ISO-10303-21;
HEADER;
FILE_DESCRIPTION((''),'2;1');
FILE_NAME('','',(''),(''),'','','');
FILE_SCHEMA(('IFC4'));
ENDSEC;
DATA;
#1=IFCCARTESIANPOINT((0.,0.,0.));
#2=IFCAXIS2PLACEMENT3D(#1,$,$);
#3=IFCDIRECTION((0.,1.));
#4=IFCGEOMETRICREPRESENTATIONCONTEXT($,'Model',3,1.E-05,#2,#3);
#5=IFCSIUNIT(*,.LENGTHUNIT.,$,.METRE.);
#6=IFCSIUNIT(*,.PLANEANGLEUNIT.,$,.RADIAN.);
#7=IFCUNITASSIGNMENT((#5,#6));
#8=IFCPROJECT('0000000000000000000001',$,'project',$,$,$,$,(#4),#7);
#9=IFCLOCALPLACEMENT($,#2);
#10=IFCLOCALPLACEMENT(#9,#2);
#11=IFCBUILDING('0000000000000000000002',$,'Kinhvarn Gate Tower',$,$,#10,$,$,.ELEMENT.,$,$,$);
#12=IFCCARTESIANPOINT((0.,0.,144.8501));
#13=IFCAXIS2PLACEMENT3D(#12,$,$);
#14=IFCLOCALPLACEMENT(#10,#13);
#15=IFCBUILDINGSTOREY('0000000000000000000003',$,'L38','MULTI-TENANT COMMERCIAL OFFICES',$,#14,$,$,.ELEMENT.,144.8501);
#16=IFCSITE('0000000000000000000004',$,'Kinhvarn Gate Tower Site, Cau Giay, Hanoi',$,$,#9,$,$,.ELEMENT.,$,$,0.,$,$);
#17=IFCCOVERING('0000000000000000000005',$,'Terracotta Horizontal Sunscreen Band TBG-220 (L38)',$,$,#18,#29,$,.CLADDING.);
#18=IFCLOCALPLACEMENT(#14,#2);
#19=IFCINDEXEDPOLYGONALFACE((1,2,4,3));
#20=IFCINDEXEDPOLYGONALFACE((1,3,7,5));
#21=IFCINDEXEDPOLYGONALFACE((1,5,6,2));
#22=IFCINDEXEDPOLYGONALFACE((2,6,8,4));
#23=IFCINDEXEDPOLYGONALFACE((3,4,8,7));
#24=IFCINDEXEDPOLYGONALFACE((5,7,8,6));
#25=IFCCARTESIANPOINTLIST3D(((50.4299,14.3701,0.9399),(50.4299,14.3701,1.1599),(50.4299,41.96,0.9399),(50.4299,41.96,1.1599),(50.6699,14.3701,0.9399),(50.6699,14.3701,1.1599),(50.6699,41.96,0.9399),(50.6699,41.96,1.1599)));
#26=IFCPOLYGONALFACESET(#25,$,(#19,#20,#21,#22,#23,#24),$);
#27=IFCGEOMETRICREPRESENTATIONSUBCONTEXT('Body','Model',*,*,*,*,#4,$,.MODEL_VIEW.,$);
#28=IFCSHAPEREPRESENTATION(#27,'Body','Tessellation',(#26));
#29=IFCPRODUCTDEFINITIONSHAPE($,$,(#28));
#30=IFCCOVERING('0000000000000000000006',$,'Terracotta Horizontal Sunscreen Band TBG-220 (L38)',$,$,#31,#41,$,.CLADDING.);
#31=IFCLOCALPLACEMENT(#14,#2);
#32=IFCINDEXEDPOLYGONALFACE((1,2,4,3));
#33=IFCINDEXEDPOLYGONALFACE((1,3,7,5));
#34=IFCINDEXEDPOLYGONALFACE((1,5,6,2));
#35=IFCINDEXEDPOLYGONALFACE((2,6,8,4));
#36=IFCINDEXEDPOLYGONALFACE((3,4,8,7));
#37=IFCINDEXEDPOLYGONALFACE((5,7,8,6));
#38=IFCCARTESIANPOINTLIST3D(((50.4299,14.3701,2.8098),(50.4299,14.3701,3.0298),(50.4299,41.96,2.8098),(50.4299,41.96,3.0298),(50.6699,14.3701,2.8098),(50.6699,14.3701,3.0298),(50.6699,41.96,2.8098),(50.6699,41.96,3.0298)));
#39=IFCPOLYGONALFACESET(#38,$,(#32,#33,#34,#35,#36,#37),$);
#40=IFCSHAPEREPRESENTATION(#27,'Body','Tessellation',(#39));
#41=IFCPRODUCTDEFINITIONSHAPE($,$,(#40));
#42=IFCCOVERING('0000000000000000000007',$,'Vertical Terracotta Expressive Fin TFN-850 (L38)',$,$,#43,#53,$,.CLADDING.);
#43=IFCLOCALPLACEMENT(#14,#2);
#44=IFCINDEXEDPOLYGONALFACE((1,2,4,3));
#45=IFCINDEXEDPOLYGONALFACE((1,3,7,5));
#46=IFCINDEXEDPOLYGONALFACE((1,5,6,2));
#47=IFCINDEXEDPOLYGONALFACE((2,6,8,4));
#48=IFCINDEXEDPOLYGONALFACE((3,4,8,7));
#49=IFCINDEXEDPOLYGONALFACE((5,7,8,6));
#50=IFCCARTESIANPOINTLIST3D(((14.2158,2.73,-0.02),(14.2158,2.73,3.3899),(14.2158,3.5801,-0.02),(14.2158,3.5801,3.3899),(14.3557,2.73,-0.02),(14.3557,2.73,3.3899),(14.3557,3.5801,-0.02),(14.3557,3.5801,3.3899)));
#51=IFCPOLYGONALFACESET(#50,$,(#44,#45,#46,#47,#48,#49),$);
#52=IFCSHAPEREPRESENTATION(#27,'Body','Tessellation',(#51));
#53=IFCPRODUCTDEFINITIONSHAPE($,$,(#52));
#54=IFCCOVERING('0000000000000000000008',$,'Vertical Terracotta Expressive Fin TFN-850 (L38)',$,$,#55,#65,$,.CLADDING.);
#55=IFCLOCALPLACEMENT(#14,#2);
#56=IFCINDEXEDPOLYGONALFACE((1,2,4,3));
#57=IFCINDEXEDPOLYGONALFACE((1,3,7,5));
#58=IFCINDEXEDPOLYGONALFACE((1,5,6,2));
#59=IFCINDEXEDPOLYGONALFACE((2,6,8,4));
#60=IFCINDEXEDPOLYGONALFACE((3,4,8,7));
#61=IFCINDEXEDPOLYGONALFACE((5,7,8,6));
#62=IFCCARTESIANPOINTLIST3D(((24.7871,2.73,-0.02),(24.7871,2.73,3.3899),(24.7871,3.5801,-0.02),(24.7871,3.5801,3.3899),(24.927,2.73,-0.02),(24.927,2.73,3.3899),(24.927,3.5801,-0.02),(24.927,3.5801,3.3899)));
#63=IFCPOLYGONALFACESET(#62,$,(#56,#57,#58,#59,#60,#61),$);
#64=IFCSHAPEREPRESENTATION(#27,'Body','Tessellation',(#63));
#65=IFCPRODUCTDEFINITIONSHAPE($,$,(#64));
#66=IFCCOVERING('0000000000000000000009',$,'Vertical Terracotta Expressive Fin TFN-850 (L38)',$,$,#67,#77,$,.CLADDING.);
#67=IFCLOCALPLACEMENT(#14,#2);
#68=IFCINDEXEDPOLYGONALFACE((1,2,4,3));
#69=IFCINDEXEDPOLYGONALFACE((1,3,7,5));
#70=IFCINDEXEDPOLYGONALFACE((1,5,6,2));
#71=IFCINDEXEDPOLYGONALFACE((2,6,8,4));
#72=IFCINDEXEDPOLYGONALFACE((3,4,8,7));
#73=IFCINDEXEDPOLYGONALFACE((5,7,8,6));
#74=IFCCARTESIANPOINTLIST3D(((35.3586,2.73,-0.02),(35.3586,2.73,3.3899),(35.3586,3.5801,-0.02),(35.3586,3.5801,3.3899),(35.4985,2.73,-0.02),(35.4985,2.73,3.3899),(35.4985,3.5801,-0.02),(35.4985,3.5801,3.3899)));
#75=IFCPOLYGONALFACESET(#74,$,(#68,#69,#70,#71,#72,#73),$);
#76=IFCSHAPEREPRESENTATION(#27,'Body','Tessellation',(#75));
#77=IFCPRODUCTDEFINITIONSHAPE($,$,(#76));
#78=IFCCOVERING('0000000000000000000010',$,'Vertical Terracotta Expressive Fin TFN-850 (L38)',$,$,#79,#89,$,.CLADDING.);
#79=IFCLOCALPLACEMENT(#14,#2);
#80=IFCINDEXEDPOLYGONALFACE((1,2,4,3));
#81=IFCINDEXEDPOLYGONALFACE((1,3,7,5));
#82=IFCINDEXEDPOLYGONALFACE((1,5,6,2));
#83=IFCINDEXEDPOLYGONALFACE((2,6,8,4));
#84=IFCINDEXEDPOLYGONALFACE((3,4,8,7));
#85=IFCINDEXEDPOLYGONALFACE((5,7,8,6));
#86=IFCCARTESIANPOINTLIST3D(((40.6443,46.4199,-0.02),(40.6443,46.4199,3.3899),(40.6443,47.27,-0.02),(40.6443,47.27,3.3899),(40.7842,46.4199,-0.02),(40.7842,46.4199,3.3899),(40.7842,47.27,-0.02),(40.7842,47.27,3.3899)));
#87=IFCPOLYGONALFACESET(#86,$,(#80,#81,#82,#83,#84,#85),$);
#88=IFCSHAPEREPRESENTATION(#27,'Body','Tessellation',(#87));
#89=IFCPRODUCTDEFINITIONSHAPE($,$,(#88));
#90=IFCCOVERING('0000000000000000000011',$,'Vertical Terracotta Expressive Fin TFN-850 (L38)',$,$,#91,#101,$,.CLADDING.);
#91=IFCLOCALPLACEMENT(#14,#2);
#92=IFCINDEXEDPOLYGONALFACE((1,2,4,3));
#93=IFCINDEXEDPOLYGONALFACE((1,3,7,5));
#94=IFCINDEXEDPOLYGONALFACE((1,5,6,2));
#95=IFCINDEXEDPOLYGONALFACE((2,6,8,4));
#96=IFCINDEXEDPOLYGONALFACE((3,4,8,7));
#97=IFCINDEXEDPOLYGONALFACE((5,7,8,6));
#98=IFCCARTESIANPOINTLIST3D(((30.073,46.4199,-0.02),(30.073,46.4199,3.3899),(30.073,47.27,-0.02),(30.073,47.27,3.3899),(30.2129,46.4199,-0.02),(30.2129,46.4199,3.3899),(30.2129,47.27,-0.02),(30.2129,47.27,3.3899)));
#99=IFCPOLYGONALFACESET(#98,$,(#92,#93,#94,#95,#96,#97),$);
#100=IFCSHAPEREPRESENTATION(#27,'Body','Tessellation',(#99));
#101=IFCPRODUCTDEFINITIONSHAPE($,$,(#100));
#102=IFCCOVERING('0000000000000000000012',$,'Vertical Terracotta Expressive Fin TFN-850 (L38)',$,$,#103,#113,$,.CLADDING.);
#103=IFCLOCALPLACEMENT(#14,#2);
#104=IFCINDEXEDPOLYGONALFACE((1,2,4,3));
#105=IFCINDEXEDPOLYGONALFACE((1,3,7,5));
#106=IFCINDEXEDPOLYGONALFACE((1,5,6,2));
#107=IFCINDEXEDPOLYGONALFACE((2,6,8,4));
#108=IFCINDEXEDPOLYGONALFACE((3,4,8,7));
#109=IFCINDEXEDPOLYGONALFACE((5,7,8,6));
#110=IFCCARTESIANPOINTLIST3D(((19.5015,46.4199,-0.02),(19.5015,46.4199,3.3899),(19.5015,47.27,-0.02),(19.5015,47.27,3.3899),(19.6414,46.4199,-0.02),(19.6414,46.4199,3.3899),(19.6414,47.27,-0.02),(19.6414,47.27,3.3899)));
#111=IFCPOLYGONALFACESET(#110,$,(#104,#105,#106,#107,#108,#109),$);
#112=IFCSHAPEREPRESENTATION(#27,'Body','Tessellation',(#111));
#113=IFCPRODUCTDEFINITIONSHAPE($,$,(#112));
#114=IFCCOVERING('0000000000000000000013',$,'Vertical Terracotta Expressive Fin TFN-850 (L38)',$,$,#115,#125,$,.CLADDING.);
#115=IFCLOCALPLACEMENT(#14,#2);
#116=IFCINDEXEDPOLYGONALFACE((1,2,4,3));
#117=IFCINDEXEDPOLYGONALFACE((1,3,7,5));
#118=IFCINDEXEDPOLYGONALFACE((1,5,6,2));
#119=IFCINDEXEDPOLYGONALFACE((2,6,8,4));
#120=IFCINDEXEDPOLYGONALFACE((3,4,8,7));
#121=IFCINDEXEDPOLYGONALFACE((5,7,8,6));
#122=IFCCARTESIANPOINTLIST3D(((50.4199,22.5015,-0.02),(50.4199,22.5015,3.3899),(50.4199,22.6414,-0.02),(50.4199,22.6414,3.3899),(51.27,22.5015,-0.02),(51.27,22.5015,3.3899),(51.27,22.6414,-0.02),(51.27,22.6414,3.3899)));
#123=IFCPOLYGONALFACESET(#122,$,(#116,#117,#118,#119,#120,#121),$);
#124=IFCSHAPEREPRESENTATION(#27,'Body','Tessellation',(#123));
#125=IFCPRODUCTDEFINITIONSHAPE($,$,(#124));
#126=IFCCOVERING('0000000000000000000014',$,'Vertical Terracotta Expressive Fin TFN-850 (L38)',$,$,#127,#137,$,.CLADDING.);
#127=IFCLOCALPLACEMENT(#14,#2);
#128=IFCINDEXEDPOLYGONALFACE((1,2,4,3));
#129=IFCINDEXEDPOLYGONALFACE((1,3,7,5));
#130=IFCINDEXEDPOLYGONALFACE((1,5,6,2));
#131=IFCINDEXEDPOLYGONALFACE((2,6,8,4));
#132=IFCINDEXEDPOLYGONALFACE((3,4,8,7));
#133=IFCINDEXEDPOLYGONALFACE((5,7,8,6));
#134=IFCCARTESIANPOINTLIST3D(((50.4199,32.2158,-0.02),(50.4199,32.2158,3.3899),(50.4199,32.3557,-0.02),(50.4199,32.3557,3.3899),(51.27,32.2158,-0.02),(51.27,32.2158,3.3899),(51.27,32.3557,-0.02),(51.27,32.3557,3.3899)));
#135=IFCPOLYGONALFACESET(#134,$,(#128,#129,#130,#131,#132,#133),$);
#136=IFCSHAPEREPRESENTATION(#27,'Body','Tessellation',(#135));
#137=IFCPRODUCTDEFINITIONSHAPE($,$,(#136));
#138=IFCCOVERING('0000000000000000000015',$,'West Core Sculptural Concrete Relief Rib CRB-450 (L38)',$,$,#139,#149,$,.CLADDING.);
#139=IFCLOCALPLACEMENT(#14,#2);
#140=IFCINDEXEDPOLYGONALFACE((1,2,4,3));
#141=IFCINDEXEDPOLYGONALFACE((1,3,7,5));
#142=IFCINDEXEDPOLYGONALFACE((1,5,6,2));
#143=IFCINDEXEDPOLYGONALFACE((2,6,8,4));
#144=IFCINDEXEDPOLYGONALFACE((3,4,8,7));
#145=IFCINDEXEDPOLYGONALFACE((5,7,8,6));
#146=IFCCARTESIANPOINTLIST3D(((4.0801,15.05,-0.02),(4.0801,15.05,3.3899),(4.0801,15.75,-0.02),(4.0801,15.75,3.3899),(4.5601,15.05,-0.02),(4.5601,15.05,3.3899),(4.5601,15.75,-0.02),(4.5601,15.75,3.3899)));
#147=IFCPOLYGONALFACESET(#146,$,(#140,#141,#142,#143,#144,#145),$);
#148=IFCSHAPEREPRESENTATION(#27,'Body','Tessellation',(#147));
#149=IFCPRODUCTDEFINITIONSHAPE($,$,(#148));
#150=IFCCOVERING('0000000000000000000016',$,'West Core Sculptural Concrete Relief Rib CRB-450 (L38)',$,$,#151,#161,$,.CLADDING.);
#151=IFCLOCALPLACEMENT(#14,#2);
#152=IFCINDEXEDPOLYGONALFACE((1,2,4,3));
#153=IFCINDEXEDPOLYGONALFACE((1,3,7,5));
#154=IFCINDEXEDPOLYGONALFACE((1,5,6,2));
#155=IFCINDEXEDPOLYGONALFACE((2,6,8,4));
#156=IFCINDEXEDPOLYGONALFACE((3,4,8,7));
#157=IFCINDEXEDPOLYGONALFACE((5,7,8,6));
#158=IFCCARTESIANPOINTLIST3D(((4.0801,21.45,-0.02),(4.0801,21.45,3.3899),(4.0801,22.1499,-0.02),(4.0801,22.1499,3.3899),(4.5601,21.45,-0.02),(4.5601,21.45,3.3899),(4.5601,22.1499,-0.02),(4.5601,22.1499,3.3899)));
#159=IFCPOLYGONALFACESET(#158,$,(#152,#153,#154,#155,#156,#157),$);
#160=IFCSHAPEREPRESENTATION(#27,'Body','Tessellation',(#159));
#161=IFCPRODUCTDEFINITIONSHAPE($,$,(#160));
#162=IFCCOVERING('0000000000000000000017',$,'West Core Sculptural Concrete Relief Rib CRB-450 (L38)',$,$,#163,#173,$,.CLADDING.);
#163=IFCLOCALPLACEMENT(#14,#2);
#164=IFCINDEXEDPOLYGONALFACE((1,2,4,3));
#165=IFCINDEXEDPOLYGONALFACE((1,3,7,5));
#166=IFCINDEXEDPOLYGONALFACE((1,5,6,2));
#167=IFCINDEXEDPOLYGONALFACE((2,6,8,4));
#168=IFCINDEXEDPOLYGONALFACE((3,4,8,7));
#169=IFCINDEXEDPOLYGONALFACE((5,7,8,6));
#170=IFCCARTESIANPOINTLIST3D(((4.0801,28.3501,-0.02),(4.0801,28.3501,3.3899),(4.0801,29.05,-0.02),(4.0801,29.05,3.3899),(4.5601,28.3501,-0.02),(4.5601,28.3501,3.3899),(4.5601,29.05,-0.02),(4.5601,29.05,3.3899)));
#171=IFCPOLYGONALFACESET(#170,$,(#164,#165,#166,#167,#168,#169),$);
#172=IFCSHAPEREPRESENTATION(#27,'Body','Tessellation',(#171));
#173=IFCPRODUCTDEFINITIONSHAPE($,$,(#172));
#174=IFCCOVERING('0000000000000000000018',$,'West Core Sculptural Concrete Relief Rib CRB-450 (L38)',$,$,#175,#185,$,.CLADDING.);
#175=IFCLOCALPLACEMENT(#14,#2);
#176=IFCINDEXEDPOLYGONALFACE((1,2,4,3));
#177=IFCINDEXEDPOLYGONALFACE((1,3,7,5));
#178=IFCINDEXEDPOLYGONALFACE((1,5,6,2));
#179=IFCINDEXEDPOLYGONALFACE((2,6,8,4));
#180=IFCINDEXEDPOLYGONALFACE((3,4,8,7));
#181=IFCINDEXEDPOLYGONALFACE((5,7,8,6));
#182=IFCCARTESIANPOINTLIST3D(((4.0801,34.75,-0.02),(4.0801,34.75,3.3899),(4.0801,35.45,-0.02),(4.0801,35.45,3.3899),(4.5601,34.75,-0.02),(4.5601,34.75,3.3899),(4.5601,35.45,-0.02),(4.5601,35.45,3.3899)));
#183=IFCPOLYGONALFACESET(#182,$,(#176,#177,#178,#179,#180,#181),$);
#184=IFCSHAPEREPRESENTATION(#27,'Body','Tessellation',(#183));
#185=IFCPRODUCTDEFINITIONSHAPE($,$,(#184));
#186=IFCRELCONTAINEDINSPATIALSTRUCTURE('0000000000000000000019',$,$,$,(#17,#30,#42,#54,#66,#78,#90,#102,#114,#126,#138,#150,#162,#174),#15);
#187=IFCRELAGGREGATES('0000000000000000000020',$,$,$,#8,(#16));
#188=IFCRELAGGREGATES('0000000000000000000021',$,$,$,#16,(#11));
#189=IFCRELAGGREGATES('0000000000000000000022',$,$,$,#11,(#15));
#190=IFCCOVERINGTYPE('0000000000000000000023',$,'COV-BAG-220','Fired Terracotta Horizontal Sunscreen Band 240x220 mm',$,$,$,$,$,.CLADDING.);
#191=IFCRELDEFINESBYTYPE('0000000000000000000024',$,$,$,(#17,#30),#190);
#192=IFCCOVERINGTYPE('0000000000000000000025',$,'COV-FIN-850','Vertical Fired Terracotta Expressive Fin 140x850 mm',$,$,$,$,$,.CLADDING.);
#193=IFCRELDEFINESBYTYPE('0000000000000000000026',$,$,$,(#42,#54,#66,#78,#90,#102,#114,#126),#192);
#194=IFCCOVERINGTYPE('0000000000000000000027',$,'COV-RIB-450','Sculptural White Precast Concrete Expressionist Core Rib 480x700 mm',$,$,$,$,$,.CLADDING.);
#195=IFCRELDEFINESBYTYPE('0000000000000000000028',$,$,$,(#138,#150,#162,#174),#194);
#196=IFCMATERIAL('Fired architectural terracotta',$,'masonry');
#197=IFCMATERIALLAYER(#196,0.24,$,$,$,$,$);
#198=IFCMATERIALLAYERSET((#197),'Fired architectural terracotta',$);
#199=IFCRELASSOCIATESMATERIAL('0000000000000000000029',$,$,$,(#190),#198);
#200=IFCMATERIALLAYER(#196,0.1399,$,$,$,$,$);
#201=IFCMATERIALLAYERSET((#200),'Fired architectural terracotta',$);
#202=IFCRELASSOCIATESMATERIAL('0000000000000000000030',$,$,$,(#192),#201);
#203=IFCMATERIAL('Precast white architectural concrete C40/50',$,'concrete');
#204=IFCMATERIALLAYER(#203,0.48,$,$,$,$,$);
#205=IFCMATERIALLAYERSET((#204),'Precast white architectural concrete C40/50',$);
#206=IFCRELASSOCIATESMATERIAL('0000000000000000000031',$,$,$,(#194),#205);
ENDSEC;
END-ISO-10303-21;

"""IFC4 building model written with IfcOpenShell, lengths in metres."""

from ifc_helpers import new_model, si_unit, direction, frame, origin, place, context, subcontext, project, spatial, polyline, outline, extrude, material, layer, layer_set, type_object, element, save


model = new_model("IFC4")

# Units and contexts
model_context = context("Model", 3, precision=1e-05, world=origin(), true_north=direction((0.0, 1.0)))
body_context = subcontext(model_context, "Body", "Model", "MODEL_VIEW")
ifc_project = project(units=[si_unit("LENGTHUNIT", "METRE"), si_unit("PLANEANGLEUNIT", "RADIAN")], contexts=[model_context])

# Site, building, storey
site_placement = place(None, origin())
site = spatial("IfcSite", under=ifc_project, at=site_placement, Name="Kinhvarn Gate Tower Site, Cau Giay, Hanoi", CompositionType="ELEMENT", RefElevation=0.0)
building_placement = place(site_placement, origin())
building = spatial("IfcBuilding", under=site, at=building_placement, Name="Kinhvarn Gate Tower", CompositionType="ELEMENT")
storey_placement = place(building_placement, frame((0.0, 0.0, 144.8501)))
storey = spatial("IfcBuildingStorey", under=building, at=storey_placement, Name="L38", Description="MULTI-TENANT COMMERCIAL OFFICES", CompositionType="ELEMENT", Elevation=144.8501)

# Shared definitions
ifc_material_1 = material(Name="Precast white architectural concrete C40/50", Category="concrete")

# Coverings
ifc_material_2 = material(Name="Fired architectural terracotta", Category="masonry")
ifc_layer_1 = layer(ifc_material_2, 0.24)
ifc_layer_set_1 = layer_set([ifc_layer_1], Name="Fired architectural terracotta")
covering_type_1 = type_object("IfcCoveringType", Name="COV-BAG-220", Description="Fired Terracotta Horizontal Sunscreen Band 240x220 mm", PredefinedType="CLADDING", material=ifc_layer_set_1)
for number, where, name in (
    (1, (0.0, 0.0, 0.9399), "Terracotta Horizontal Sunscreen Band TBG-220 (L38)"),
    (2, (0.0, 0.0, 2.8098), "Terracotta Horizontal Sunscreen Band TBG-220 (L38)"),
):
    element("IfcCovering", number, at=place(storey_placement, frame(where)), inside=storey, type_object=covering_type_1, Name=name, PredefinedType="CLADDING", context=body_context, shape_type="SweptSolid", body=[
        extrude(outline(polyline([(50.4299, 14.3701), (50.4299, 41.96), (50.6699, 41.96), (50.6699, 14.3701), (50.4299, 14.3701)])), origin(), (0.0, 0.0, 1.0), 0.22),
    ])
ifc_layer_2 = layer(ifc_material_2, 0.1399)
ifc_layer_set_2 = layer_set([ifc_layer_2], Name="Fired architectural terracotta")
covering_type_2 = type_object("IfcCoveringType", Name="COV-FIN-850", Description="Vertical Fired Terracotta Expressive Fin 140x850 mm", PredefinedType="CLADDING", material=ifc_layer_set_2)
covering_1_placement = place(storey_placement, frame((0.0, 0.0, -0.02)))
element("IfcCovering", 3, at=covering_1_placement, inside=storey, type_object=covering_type_2, Name="Vertical Terracotta Expressive Fin TFN-850 (L38)", PredefinedType="CLADDING", context=body_context, shape_type="SweptSolid", body=[
    extrude(outline(polyline([(14.2158, 3.5801), (14.3557, 3.5801), (14.3557, 2.73), (14.2158, 2.73), (14.2158, 3.5801)])), origin(), (0.0, 0.0, 1.0), 3.4099),
])
covering_2_placement = place(storey_placement, frame((0.0, 0.0, -0.02)))
element("IfcCovering", 4, at=covering_2_placement, inside=storey, type_object=covering_type_2, Name="Vertical Terracotta Expressive Fin TFN-850 (L38)", PredefinedType="CLADDING", context=body_context, shape_type="SweptSolid", body=[
    extrude(outline(polyline([(24.7871, 3.5801), (24.927, 3.5801), (24.927, 2.73), (24.7871, 2.73), (24.7871, 3.5801)])), origin(), (0.0, 0.0, 1.0), 3.4099),
])
covering_3_placement = place(storey_placement, frame((0.0, 0.0, -0.02)))
element("IfcCovering", 5, at=covering_3_placement, inside=storey, type_object=covering_type_2, Name="Vertical Terracotta Expressive Fin TFN-850 (L38)", PredefinedType="CLADDING", context=body_context, shape_type="SweptSolid", body=[
    extrude(outline(polyline([(35.3586, 3.5801), (35.4985, 3.5801), (35.4985, 2.73), (35.3586, 2.73), (35.3586, 3.5801)])), origin(), (0.0, 0.0, 1.0), 3.4099),
])
covering_4_placement = place(storey_placement, frame((0.0, 0.0, -0.02)))
element("IfcCovering", 6, at=covering_4_placement, inside=storey, type_object=covering_type_2, Name="Vertical Terracotta Expressive Fin TFN-850 (L38)", PredefinedType="CLADDING", context=body_context, shape_type="SweptSolid", body=[
    extrude(outline(polyline([(40.7842, 46.4199), (40.6443, 46.4199), (40.6443, 47.27), (40.7842, 47.27), (40.7842, 46.4199)])), origin(), (0.0, 0.0, 1.0), 3.4099),
])
covering_5_placement = place(storey_placement, frame((0.0, 0.0, -0.02)))
element("IfcCovering", 7, at=covering_5_placement, inside=storey, type_object=covering_type_2, Name="Vertical Terracotta Expressive Fin TFN-850 (L38)", PredefinedType="CLADDING", context=body_context, shape_type="SweptSolid", body=[
    extrude(outline(polyline([(30.2129, 46.4199), (30.073, 46.4199), (30.073, 47.27), (30.2129, 47.27), (30.2129, 46.4199)])), origin(), (0.0, 0.0, 1.0), 3.4099),
])
covering_6_placement = place(storey_placement, frame((0.0, 0.0, -0.02)))
element("IfcCovering", 8, at=covering_6_placement, inside=storey, type_object=covering_type_2, Name="Vertical Terracotta Expressive Fin TFN-850 (L38)", PredefinedType="CLADDING", context=body_context, shape_type="SweptSolid", body=[
    extrude(outline(polyline([(19.6414, 46.4199), (19.5015, 46.4199), (19.5015, 47.27), (19.6414, 47.27), (19.6414, 46.4199)])), origin(), (0.0, 0.0, 1.0), 3.4099),
])
covering_7_placement = place(storey_placement, frame((0.0, 0.0, -0.02)))
element("IfcCovering", 9, at=covering_7_placement, inside=storey, type_object=covering_type_2, Name="Vertical Terracotta Expressive Fin TFN-850 (L38)", PredefinedType="CLADDING", context=body_context, shape_type="SweptSolid", body=[
    extrude(outline(polyline([(50.4199, 22.5015), (50.4199, 22.6414), (51.27, 22.6414), (51.27, 22.5015), (50.4199, 22.5015)])), origin(), (0.0, 0.0, 1.0), 3.4099),
])
covering_8_placement = place(storey_placement, frame((0.0, 0.0, -0.02)))
element("IfcCovering", 10, at=covering_8_placement, inside=storey, type_object=covering_type_2, Name="Vertical Terracotta Expressive Fin TFN-850 (L38)", PredefinedType="CLADDING", context=body_context, shape_type="SweptSolid", body=[
    extrude(outline(polyline([(50.4199, 32.2158), (50.4199, 32.3557), (51.27, 32.3557), (51.27, 32.2158), (50.4199, 32.2158)])), origin(), (0.0, 0.0, 1.0), 3.4099),
])
ifc_layer_3 = layer(ifc_material_1, 0.48)
ifc_layer_set_3 = layer_set([ifc_layer_3], Name="Precast white architectural concrete C40/50")
covering_type_3 = type_object("IfcCoveringType", Name="COV-RIB-450", Description="Sculptural White Precast Concrete Expressionist Core Rib 480x700 mm", PredefinedType="CLADDING", material=ifc_layer_set_3)
covering_9_placement = place(storey_placement, frame((0.0, 0.0, -0.02)))
element("IfcCovering", 11, at=covering_9_placement, inside=storey, type_object=covering_type_3, Name="West Core Sculptural Concrete Relief Rib CRB-450 (L38)", PredefinedType="CLADDING", context=body_context, shape_type="SweptSolid", body=[
    extrude(outline(polyline([(4.0801, 15.05), (4.5601, 15.05), (4.5601, 15.75), (4.0801, 15.75), (4.0801, 15.05)])), origin(), (0.0, 0.0, 1.0), 3.4099),
])
covering_10_placement = place(storey_placement, frame((0.0, 0.0, -0.02)))
element("IfcCovering", 12, at=covering_10_placement, inside=storey, type_object=covering_type_3, Name="West Core Sculptural Concrete Relief Rib CRB-450 (L38)", PredefinedType="CLADDING", context=body_context, shape_type="SweptSolid", body=[
    extrude(outline(polyline([(4.0801, 21.45), (4.5601, 21.45), (4.5601, 22.1499), (4.0801, 22.1499), (4.0801, 21.45)])), origin(), (0.0, 0.0, 1.0), 3.4099),
])
covering_11_placement = place(storey_placement, frame((0.0, 0.0, -0.02)))
element("IfcCovering", 13, at=covering_11_placement, inside=storey, type_object=covering_type_3, Name="West Core Sculptural Concrete Relief Rib CRB-450 (L38)", PredefinedType="CLADDING", context=body_context, shape_type="SweptSolid", body=[
    extrude(outline(polyline([(4.0801, 28.3501), (4.5601, 28.3501), (4.5601, 29.05), (4.0801, 29.05), (4.0801, 28.3501)])), origin(), (0.0, 0.0, 1.0), 3.4099),
])
covering_12_placement = place(storey_placement, frame((0.0, 0.0, -0.02)))
element("IfcCovering", 14, at=covering_12_placement, inside=storey, type_object=covering_type_3, Name="West Core Sculptural Concrete Relief Rib CRB-450 (L38)", PredefinedType="CLADDING", context=body_context, shape_type="SweptSolid", body=[
    extrude(outline(polyline([(4.0801, 34.75), (4.5601, 34.75), (4.5601, 35.45), (4.0801, 35.45), (4.0801, 34.75)])), origin(), (0.0, 0.0, 1.0), 3.4099),
])

save(model, "model.ifc")
